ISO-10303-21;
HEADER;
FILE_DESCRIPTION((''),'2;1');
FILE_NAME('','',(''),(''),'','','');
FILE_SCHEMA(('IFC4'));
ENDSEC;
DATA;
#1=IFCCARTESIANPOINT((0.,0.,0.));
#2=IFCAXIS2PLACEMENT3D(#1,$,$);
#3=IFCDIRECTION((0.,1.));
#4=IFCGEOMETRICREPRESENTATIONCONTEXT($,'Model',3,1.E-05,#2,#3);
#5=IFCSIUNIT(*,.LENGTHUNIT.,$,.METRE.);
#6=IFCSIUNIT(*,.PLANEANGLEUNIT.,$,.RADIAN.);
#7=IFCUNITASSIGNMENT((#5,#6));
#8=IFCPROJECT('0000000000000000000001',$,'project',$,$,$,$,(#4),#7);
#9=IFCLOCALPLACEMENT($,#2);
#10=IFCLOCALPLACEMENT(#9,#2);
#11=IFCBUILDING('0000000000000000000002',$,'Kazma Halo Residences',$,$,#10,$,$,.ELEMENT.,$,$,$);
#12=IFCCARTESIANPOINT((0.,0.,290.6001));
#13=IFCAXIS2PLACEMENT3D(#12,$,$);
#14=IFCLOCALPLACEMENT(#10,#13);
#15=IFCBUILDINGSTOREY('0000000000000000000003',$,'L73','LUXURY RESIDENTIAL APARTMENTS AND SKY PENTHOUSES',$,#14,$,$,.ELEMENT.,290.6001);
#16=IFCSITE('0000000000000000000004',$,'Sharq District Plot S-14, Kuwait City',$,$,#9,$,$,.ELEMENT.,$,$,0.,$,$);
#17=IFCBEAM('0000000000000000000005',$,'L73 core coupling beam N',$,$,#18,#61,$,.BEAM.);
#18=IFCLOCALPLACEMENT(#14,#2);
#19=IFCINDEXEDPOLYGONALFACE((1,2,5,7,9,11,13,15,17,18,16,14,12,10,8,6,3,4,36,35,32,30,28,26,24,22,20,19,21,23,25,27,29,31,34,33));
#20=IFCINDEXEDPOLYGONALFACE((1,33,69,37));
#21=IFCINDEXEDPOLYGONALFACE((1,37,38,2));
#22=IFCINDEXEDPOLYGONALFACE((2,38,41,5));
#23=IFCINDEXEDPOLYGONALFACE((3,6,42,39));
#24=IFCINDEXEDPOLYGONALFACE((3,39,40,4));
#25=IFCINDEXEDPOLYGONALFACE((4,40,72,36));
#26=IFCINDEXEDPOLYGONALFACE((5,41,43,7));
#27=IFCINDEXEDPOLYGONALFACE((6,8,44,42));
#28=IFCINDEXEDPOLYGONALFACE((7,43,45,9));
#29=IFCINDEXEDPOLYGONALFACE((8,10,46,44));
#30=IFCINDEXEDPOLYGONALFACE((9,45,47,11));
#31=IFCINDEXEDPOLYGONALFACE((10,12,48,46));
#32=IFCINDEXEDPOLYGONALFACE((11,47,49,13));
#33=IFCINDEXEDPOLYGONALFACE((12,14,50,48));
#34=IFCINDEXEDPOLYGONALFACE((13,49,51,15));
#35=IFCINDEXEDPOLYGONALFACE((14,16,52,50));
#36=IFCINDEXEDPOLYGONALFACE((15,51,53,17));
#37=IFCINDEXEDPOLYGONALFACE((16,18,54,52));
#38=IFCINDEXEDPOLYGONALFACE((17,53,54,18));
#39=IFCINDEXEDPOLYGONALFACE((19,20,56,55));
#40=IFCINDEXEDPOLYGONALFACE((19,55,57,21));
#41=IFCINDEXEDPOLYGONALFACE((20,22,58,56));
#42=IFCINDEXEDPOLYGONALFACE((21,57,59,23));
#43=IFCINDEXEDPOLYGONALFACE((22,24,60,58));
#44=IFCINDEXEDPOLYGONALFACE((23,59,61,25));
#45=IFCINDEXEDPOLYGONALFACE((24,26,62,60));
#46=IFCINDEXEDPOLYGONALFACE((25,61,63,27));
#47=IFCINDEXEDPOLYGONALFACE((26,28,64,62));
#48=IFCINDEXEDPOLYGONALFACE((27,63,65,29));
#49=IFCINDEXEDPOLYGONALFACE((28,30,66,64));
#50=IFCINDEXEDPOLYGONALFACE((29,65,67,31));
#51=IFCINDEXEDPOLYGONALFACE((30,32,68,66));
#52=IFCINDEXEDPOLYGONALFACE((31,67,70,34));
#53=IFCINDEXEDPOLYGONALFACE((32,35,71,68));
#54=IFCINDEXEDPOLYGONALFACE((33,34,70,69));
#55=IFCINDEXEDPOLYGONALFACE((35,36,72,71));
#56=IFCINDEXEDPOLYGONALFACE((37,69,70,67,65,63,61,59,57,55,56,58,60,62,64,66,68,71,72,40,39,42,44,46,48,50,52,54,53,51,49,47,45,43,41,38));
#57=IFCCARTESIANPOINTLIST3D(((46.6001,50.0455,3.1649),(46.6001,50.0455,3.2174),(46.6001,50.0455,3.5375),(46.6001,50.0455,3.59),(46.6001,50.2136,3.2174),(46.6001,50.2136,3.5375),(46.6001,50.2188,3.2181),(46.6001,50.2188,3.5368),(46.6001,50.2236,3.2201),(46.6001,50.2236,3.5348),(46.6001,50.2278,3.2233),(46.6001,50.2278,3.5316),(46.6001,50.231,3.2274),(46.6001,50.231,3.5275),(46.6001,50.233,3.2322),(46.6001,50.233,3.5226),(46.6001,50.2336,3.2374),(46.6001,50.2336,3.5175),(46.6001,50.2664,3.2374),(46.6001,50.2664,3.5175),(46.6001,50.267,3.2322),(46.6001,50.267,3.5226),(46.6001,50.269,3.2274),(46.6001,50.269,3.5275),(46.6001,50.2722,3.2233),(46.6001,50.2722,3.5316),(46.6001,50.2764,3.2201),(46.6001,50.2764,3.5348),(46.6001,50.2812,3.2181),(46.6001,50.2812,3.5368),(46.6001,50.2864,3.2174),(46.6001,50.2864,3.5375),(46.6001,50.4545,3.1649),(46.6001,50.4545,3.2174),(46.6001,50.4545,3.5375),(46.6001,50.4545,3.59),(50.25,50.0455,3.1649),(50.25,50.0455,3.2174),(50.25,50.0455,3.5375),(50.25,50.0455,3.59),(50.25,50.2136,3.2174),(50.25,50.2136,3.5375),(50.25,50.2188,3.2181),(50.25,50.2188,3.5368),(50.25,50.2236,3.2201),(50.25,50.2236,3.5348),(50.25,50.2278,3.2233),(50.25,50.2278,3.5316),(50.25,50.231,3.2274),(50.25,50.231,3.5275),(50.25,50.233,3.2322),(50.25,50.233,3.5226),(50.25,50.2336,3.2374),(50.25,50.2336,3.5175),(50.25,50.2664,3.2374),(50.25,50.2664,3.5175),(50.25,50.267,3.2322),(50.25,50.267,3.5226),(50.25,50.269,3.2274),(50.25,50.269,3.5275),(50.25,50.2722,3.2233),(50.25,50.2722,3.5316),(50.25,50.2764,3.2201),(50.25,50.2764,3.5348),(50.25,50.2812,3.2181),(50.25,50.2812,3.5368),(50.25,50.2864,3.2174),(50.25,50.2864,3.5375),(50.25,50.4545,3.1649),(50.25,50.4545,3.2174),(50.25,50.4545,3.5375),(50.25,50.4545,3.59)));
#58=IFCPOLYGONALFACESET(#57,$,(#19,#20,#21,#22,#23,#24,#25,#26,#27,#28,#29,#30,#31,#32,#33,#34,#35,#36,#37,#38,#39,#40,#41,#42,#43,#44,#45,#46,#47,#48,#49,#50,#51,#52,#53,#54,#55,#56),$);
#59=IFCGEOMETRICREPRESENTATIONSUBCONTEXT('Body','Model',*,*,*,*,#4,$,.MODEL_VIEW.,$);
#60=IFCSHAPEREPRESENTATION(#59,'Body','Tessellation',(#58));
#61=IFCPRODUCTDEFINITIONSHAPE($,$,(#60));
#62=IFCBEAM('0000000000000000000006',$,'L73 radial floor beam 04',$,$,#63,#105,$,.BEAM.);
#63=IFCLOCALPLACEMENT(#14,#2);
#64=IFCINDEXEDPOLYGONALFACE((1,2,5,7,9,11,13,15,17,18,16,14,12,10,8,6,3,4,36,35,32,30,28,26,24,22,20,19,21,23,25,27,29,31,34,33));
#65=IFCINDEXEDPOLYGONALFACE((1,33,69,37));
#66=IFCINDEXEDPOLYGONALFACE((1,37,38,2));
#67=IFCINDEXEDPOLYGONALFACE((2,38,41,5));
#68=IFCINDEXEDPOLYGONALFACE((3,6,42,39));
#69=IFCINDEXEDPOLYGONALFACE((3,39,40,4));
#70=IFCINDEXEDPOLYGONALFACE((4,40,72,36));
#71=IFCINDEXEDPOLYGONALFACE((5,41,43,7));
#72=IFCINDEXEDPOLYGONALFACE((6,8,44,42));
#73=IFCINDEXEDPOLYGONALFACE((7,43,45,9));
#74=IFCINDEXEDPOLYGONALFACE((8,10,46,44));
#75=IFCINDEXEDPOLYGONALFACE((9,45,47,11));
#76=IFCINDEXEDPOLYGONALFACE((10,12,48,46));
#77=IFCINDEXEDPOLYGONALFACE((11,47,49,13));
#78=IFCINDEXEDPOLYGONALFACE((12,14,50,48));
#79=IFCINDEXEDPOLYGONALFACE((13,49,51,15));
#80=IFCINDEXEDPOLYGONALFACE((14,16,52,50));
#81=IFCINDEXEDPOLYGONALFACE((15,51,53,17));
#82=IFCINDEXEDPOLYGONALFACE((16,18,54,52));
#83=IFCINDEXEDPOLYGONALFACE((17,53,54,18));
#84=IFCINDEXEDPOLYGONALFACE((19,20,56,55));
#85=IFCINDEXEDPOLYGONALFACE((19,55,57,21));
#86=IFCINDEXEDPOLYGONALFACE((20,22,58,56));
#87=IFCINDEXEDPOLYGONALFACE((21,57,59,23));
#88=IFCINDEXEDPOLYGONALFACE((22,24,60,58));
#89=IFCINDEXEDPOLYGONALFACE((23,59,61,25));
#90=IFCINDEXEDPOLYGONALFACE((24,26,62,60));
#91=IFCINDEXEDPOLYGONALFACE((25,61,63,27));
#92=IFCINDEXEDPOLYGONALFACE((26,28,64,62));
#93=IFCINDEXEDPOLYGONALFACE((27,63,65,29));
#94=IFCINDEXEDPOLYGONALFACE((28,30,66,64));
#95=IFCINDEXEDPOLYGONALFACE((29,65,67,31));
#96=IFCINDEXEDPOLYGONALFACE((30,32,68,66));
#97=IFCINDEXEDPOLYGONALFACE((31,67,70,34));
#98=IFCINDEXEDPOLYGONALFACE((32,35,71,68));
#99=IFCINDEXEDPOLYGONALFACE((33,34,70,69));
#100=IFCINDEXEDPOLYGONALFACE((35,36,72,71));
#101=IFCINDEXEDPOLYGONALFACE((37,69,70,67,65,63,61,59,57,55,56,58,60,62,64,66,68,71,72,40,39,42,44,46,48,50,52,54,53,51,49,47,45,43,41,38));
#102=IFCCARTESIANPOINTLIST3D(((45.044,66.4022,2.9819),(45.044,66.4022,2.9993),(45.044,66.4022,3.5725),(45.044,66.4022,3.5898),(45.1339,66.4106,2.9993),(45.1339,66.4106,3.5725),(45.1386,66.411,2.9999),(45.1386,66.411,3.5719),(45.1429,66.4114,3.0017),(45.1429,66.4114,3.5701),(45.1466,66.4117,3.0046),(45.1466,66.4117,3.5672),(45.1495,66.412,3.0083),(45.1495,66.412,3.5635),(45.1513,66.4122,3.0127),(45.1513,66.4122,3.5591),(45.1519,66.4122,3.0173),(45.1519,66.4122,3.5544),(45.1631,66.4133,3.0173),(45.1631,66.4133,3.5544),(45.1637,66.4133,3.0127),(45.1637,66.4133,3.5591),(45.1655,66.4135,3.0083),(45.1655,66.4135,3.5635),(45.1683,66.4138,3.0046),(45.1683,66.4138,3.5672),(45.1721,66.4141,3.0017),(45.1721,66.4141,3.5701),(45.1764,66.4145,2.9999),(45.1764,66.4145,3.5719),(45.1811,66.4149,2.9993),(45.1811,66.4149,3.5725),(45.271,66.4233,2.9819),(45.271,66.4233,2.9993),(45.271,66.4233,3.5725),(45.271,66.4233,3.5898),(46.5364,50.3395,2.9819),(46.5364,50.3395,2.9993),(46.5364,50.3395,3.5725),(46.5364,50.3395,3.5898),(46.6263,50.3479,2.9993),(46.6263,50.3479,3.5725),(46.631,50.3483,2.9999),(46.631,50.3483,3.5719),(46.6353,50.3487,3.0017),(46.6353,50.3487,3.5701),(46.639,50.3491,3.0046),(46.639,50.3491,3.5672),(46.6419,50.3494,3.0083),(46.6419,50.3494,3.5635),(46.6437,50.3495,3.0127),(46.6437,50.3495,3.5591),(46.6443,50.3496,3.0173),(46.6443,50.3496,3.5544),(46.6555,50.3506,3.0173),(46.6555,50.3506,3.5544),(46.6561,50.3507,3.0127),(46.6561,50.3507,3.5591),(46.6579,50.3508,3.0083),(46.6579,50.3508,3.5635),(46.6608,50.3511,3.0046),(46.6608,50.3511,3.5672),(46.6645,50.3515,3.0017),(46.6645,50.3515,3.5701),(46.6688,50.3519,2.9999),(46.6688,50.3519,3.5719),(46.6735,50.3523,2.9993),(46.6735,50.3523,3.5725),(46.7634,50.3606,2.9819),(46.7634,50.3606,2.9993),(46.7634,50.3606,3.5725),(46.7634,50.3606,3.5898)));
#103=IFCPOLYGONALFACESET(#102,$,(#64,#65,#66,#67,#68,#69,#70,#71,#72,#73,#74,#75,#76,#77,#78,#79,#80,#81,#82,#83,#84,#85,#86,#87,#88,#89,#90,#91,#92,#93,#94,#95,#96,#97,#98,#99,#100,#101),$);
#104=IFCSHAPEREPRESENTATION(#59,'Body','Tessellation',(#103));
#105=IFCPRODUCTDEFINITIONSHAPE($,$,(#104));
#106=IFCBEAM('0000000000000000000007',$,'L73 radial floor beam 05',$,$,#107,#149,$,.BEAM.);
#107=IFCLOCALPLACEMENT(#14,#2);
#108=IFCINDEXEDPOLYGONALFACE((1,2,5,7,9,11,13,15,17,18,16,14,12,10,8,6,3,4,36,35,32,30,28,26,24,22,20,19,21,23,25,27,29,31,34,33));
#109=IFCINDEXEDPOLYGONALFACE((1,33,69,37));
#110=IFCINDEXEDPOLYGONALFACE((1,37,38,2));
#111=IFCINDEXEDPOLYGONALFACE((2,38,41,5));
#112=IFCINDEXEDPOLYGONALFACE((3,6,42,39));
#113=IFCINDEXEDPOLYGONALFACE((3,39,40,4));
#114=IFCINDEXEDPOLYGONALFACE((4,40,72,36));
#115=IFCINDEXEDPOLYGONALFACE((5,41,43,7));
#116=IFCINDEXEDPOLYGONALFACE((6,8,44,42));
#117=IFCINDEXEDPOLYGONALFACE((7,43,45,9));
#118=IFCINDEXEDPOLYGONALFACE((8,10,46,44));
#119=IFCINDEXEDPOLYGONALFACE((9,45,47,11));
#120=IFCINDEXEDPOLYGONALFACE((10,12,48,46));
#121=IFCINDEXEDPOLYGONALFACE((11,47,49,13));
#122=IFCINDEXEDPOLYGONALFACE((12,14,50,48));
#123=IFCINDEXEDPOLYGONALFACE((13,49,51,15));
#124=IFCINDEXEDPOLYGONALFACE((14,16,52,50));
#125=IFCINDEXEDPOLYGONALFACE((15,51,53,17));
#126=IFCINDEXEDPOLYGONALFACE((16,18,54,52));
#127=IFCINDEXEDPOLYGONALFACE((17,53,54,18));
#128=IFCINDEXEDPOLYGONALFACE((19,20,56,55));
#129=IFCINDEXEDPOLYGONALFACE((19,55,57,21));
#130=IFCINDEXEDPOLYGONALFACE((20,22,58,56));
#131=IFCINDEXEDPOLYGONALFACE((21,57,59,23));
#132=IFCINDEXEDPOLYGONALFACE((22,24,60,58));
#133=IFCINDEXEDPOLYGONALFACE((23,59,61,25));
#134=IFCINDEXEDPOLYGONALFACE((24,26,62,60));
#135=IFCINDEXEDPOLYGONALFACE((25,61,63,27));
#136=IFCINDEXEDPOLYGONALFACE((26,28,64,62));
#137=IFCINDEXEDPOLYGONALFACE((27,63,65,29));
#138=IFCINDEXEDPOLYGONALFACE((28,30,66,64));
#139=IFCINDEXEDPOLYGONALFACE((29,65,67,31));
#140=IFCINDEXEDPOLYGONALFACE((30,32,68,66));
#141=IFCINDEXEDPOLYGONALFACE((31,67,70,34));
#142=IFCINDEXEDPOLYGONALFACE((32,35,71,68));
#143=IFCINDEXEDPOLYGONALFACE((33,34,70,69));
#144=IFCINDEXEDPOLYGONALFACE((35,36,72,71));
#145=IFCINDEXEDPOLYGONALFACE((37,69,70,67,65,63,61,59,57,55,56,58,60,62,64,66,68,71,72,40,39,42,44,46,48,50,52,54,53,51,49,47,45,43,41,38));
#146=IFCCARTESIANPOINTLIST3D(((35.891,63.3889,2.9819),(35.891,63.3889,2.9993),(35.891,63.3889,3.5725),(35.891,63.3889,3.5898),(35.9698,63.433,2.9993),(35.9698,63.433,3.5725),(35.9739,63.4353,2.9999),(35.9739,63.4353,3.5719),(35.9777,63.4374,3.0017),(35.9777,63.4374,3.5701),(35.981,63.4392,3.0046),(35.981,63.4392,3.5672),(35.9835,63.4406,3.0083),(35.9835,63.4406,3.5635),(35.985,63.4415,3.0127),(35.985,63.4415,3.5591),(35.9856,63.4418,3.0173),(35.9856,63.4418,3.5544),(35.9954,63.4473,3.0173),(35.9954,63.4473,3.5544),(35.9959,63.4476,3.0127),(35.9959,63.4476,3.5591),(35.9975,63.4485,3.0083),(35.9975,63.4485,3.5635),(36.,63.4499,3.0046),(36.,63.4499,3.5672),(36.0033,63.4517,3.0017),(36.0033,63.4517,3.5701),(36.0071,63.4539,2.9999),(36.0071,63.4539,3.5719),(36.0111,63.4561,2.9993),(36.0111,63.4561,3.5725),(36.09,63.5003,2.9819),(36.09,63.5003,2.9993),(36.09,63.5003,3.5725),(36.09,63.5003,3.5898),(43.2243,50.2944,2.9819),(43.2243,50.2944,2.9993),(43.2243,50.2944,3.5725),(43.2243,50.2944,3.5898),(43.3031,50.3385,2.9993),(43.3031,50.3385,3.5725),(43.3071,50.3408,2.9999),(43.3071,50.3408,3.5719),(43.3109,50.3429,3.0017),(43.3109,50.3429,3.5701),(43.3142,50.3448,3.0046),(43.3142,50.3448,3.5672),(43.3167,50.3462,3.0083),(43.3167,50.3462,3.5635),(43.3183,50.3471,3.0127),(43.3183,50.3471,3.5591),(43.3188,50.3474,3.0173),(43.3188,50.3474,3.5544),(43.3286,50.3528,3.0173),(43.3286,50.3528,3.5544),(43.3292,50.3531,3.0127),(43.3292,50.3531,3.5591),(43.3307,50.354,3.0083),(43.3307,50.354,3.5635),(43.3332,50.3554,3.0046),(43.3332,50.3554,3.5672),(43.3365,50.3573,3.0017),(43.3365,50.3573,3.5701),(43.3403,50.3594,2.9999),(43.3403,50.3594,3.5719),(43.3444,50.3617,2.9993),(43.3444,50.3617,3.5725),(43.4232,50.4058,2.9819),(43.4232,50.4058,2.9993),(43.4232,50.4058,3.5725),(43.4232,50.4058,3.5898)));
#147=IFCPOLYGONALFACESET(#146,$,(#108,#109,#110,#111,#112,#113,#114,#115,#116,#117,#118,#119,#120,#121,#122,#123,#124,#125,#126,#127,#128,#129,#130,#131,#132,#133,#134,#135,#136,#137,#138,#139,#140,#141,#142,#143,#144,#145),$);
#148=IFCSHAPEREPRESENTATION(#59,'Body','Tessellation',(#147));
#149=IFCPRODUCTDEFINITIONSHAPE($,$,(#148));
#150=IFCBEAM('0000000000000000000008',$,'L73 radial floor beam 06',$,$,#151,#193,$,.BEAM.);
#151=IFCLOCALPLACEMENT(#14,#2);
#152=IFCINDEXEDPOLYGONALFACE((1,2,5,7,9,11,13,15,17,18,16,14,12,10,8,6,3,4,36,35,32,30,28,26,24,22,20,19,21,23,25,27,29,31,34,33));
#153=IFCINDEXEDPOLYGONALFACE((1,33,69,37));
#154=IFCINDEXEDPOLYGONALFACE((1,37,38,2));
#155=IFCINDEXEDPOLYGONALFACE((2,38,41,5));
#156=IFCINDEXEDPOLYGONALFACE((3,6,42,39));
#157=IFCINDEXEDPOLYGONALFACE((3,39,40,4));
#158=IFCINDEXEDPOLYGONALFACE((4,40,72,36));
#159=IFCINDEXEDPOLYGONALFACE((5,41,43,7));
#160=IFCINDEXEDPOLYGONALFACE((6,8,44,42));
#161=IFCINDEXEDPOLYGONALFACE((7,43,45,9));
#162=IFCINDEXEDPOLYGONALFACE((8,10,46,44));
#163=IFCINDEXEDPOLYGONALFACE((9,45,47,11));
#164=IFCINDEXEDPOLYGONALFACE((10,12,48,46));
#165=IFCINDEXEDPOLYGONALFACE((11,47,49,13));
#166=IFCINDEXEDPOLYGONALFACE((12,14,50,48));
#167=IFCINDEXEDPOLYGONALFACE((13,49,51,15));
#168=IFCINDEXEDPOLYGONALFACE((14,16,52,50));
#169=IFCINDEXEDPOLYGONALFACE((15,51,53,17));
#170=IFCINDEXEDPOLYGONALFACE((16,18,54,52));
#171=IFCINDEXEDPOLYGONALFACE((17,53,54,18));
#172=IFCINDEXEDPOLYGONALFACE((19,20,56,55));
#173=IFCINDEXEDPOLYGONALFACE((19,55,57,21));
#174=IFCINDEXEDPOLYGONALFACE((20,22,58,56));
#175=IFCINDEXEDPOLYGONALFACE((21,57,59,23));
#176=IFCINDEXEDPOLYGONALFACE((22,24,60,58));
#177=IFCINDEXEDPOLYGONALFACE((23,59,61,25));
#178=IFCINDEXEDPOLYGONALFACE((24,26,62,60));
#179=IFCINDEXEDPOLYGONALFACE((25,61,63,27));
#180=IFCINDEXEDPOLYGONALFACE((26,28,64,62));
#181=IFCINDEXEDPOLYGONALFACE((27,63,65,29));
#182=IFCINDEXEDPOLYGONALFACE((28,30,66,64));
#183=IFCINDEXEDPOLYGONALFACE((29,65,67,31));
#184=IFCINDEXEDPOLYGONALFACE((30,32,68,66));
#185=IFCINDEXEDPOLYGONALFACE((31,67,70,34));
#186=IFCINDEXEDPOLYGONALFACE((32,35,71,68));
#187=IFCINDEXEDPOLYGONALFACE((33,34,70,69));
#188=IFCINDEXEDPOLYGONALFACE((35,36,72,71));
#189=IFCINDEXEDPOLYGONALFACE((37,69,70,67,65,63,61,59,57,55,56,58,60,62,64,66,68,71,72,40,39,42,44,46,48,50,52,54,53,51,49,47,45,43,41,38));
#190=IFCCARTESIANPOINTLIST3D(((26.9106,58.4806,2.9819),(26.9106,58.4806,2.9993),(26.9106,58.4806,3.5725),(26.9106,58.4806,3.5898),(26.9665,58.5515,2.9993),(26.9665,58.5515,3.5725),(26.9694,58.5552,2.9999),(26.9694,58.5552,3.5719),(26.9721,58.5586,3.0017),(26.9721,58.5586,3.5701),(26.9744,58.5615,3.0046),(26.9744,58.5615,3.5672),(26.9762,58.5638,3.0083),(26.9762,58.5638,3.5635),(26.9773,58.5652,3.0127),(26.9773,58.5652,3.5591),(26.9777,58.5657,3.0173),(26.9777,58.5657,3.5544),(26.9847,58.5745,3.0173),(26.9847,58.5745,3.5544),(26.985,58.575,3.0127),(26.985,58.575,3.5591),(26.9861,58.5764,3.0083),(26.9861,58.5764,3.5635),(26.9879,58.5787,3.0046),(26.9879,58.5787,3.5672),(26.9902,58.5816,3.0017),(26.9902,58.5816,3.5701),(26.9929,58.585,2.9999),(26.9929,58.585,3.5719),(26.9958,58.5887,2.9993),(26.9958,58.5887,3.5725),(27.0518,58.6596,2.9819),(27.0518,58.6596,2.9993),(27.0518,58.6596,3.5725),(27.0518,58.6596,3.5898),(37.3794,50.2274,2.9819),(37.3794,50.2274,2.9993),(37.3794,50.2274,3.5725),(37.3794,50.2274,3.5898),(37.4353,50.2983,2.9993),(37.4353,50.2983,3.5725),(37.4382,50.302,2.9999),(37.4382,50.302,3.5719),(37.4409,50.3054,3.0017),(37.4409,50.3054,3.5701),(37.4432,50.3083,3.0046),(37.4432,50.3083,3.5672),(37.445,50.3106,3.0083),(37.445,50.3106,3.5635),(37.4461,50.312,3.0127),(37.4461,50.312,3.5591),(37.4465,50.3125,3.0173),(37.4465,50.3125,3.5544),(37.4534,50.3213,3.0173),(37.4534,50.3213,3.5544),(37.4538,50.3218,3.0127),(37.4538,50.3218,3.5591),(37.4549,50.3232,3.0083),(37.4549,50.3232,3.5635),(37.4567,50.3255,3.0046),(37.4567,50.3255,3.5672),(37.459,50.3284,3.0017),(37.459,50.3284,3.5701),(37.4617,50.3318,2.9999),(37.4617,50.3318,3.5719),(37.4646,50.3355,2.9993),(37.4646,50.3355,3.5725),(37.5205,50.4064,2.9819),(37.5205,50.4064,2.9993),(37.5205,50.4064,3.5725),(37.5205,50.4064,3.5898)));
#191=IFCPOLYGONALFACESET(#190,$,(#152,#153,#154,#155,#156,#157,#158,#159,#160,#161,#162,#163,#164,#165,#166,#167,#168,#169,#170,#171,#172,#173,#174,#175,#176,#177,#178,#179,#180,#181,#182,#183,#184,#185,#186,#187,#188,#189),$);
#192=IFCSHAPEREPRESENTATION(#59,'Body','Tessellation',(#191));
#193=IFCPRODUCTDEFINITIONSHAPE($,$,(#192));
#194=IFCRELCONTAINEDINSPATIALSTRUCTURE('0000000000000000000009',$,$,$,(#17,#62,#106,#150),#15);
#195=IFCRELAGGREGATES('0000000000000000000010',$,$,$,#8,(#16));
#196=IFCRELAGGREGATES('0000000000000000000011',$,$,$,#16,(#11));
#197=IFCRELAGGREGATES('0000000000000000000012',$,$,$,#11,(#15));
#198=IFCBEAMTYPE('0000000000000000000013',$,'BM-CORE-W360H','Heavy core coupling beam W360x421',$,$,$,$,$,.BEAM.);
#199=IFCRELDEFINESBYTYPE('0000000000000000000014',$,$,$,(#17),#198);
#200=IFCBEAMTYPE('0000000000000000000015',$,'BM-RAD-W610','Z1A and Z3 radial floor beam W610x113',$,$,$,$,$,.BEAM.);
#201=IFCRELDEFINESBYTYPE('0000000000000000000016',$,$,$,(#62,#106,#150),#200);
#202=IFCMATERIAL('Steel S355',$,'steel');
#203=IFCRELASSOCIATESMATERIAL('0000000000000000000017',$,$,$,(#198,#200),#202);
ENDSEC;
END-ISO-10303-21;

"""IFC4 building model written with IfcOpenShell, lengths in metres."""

from ifc_helpers import new_model, si_unit, direction, frame, origin, origin_2d, place, context, subcontext, project, spatial, i_section, extrude, material, material_profile, profile_set, type_object, element, save


model = new_model("IFC4")

# Units and contexts
model_context = context("Model", 3, precision=1e-05, world=origin(), true_north=direction((0.0, 1.0)))
body_context = subcontext(model_context, "Body", "Model", "MODEL_VIEW")
ifc_project = project(units=[si_unit("LENGTHUNIT", "METRE"), si_unit("PLANEANGLEUNIT", "RADIAN")], contexts=[model_context])

# Site, building, storey
site_placement = place(None, origin())
site = spatial("IfcSite", under=ifc_project, at=site_placement, Name="Sharq District Plot S-14, Kuwait City", CompositionType="ELEMENT", RefElevation=0.0)
building_placement = place(site_placement, origin())
building = spatial("IfcBuilding", under=site, at=building_placement, Name="Kazma Halo Residences", CompositionType="ELEMENT")
storey_placement = place(building_placement, frame((0.0, 0.0, 290.6001)))
storey = spatial("IfcBuildingStorey", under=building, at=storey_placement, Name="L73", Description="LUXURY RESIDENTIAL APARTMENTS AND SKY PENTHOUSES", CompositionType="ELEMENT", Elevation=290.6001)

# Beams
ifc_material_1 = material(Name="Steel S355", Category="steel")
ifc_material_profile_1 = material_profile(ifc_material_1, i_section(OverallWidth=0.4089, OverallDepth=0.425, WebThickness=0.0327, FlangeThickness=0.0525, FilletRadius=0.02, at=origin_2d()), Name="W360x421")
ifc_profile_set_1 = profile_set([ifc_material_profile_1], Name="Steel S355")
beam_type_1 = type_object("IfcBeamType", Name="BM-CORE-W360H", Description="Heavy core coupling beam W360x421", PredefinedType="BEAM", material=ifc_profile_set_1)
beam_1_placement = place(storey_placement, frame((46.6001, 50.25, 3.3774), z_axis=(1.0, 0.0, 0.0), x_axis=(0.0, 1.0, 0.0)))
element("IfcBeam", 1, at=beam_1_placement, inside=storey, type_object=beam_type_1, Name="L73 core coupling beam N", PredefinedType="BEAM", context=body_context, shape_type="SweptSolid", body=[
    extrude(i_section(OverallWidth=0.4089, OverallDepth=0.425, WebThickness=0.0327, FlangeThickness=0.0525, FilletRadius=0.02, at=origin_2d()), origin(), (0.0, 0.0, 1.0), 3.6499),
])
ifc_material_profile_2 = material_profile(ifc_material_1, i_section(OverallWidth=0.228, OverallDepth=0.6079, WebThickness=0.0112, FlangeThickness=0.0173, FilletRadius=0.0181, at=origin_2d()), Name="W610x113")
ifc_profile_set_2 = profile_set([ifc_material_profile_2], Name="Steel S355")
beam_type_2 = type_object("IfcBeamType", Name="BM-RAD-W610", Description="Z1A and Z3 radial floor beam W610x113", PredefinedType="BEAM", material=ifc_profile_set_2)
beam_2_placement = place(storey_placement, frame((46.6499, 50.3501, 3.2859), z_axis=(-0.092514, 0.995711, 0.0), x_axis=(-0.995711, -0.092514, 0.0)))
element("IfcBeam", 2, at=beam_2_placement, inside=storey, type_object=beam_type_2, Name="L73 radial floor beam 04", PredefinedType="BEAM", context=body_context, shape_type="SweptSolid", body=[
    extrude(i_section(OverallWidth=0.228, OverallDepth=0.6079, WebThickness=0.0112, FlangeThickness=0.0173, FilletRadius=0.0181, at=origin_2d()), origin(), (0.0, 0.0, 1.0), 16.1318),
])
beam_3_placement = place(storey_placement, frame((43.3237, 50.3501, 3.2859), z_axis=(-0.488621, 0.872496, 0.0), x_axis=(-0.872496, -0.488621, 0.0)))
element("IfcBeam", 3, at=beam_3_placement, inside=storey, type_object=beam_type_2, Name="L73 radial floor beam 05", PredefinedType="BEAM", context=body_context, shape_type="SweptSolid", body=[
    extrude(i_section(OverallWidth=0.228, OverallDepth=0.6079, WebThickness=0.0112, FlangeThickness=0.0173, FilletRadius=0.0181, at=origin_2d()), origin(), (0.0, 0.0, 1.0), 15.0081),
])
beam_4_placement = place(storey_placement, frame((37.45, 50.3169, 3.2859), z_axis=(-0.785307, 0.619107, 0.0), x_axis=(-0.619107, -0.785307, 0.0)))
element("IfcBeam", 4, at=beam_4_placement, inside=storey, type_object=beam_type_2, Name="L73 radial floor beam 06", PredefinedType="BEAM", context=body_context, shape_type="SweptSolid", body=[
    extrude(i_section(OverallWidth=0.228, OverallDepth=0.6079, WebThickness=0.0112, FlangeThickness=0.0173, FilletRadius=0.0181, at=origin_2d()), origin(), (0.0, 0.0, 1.0), 13.3308),
])

save(model, "model.ifc")
